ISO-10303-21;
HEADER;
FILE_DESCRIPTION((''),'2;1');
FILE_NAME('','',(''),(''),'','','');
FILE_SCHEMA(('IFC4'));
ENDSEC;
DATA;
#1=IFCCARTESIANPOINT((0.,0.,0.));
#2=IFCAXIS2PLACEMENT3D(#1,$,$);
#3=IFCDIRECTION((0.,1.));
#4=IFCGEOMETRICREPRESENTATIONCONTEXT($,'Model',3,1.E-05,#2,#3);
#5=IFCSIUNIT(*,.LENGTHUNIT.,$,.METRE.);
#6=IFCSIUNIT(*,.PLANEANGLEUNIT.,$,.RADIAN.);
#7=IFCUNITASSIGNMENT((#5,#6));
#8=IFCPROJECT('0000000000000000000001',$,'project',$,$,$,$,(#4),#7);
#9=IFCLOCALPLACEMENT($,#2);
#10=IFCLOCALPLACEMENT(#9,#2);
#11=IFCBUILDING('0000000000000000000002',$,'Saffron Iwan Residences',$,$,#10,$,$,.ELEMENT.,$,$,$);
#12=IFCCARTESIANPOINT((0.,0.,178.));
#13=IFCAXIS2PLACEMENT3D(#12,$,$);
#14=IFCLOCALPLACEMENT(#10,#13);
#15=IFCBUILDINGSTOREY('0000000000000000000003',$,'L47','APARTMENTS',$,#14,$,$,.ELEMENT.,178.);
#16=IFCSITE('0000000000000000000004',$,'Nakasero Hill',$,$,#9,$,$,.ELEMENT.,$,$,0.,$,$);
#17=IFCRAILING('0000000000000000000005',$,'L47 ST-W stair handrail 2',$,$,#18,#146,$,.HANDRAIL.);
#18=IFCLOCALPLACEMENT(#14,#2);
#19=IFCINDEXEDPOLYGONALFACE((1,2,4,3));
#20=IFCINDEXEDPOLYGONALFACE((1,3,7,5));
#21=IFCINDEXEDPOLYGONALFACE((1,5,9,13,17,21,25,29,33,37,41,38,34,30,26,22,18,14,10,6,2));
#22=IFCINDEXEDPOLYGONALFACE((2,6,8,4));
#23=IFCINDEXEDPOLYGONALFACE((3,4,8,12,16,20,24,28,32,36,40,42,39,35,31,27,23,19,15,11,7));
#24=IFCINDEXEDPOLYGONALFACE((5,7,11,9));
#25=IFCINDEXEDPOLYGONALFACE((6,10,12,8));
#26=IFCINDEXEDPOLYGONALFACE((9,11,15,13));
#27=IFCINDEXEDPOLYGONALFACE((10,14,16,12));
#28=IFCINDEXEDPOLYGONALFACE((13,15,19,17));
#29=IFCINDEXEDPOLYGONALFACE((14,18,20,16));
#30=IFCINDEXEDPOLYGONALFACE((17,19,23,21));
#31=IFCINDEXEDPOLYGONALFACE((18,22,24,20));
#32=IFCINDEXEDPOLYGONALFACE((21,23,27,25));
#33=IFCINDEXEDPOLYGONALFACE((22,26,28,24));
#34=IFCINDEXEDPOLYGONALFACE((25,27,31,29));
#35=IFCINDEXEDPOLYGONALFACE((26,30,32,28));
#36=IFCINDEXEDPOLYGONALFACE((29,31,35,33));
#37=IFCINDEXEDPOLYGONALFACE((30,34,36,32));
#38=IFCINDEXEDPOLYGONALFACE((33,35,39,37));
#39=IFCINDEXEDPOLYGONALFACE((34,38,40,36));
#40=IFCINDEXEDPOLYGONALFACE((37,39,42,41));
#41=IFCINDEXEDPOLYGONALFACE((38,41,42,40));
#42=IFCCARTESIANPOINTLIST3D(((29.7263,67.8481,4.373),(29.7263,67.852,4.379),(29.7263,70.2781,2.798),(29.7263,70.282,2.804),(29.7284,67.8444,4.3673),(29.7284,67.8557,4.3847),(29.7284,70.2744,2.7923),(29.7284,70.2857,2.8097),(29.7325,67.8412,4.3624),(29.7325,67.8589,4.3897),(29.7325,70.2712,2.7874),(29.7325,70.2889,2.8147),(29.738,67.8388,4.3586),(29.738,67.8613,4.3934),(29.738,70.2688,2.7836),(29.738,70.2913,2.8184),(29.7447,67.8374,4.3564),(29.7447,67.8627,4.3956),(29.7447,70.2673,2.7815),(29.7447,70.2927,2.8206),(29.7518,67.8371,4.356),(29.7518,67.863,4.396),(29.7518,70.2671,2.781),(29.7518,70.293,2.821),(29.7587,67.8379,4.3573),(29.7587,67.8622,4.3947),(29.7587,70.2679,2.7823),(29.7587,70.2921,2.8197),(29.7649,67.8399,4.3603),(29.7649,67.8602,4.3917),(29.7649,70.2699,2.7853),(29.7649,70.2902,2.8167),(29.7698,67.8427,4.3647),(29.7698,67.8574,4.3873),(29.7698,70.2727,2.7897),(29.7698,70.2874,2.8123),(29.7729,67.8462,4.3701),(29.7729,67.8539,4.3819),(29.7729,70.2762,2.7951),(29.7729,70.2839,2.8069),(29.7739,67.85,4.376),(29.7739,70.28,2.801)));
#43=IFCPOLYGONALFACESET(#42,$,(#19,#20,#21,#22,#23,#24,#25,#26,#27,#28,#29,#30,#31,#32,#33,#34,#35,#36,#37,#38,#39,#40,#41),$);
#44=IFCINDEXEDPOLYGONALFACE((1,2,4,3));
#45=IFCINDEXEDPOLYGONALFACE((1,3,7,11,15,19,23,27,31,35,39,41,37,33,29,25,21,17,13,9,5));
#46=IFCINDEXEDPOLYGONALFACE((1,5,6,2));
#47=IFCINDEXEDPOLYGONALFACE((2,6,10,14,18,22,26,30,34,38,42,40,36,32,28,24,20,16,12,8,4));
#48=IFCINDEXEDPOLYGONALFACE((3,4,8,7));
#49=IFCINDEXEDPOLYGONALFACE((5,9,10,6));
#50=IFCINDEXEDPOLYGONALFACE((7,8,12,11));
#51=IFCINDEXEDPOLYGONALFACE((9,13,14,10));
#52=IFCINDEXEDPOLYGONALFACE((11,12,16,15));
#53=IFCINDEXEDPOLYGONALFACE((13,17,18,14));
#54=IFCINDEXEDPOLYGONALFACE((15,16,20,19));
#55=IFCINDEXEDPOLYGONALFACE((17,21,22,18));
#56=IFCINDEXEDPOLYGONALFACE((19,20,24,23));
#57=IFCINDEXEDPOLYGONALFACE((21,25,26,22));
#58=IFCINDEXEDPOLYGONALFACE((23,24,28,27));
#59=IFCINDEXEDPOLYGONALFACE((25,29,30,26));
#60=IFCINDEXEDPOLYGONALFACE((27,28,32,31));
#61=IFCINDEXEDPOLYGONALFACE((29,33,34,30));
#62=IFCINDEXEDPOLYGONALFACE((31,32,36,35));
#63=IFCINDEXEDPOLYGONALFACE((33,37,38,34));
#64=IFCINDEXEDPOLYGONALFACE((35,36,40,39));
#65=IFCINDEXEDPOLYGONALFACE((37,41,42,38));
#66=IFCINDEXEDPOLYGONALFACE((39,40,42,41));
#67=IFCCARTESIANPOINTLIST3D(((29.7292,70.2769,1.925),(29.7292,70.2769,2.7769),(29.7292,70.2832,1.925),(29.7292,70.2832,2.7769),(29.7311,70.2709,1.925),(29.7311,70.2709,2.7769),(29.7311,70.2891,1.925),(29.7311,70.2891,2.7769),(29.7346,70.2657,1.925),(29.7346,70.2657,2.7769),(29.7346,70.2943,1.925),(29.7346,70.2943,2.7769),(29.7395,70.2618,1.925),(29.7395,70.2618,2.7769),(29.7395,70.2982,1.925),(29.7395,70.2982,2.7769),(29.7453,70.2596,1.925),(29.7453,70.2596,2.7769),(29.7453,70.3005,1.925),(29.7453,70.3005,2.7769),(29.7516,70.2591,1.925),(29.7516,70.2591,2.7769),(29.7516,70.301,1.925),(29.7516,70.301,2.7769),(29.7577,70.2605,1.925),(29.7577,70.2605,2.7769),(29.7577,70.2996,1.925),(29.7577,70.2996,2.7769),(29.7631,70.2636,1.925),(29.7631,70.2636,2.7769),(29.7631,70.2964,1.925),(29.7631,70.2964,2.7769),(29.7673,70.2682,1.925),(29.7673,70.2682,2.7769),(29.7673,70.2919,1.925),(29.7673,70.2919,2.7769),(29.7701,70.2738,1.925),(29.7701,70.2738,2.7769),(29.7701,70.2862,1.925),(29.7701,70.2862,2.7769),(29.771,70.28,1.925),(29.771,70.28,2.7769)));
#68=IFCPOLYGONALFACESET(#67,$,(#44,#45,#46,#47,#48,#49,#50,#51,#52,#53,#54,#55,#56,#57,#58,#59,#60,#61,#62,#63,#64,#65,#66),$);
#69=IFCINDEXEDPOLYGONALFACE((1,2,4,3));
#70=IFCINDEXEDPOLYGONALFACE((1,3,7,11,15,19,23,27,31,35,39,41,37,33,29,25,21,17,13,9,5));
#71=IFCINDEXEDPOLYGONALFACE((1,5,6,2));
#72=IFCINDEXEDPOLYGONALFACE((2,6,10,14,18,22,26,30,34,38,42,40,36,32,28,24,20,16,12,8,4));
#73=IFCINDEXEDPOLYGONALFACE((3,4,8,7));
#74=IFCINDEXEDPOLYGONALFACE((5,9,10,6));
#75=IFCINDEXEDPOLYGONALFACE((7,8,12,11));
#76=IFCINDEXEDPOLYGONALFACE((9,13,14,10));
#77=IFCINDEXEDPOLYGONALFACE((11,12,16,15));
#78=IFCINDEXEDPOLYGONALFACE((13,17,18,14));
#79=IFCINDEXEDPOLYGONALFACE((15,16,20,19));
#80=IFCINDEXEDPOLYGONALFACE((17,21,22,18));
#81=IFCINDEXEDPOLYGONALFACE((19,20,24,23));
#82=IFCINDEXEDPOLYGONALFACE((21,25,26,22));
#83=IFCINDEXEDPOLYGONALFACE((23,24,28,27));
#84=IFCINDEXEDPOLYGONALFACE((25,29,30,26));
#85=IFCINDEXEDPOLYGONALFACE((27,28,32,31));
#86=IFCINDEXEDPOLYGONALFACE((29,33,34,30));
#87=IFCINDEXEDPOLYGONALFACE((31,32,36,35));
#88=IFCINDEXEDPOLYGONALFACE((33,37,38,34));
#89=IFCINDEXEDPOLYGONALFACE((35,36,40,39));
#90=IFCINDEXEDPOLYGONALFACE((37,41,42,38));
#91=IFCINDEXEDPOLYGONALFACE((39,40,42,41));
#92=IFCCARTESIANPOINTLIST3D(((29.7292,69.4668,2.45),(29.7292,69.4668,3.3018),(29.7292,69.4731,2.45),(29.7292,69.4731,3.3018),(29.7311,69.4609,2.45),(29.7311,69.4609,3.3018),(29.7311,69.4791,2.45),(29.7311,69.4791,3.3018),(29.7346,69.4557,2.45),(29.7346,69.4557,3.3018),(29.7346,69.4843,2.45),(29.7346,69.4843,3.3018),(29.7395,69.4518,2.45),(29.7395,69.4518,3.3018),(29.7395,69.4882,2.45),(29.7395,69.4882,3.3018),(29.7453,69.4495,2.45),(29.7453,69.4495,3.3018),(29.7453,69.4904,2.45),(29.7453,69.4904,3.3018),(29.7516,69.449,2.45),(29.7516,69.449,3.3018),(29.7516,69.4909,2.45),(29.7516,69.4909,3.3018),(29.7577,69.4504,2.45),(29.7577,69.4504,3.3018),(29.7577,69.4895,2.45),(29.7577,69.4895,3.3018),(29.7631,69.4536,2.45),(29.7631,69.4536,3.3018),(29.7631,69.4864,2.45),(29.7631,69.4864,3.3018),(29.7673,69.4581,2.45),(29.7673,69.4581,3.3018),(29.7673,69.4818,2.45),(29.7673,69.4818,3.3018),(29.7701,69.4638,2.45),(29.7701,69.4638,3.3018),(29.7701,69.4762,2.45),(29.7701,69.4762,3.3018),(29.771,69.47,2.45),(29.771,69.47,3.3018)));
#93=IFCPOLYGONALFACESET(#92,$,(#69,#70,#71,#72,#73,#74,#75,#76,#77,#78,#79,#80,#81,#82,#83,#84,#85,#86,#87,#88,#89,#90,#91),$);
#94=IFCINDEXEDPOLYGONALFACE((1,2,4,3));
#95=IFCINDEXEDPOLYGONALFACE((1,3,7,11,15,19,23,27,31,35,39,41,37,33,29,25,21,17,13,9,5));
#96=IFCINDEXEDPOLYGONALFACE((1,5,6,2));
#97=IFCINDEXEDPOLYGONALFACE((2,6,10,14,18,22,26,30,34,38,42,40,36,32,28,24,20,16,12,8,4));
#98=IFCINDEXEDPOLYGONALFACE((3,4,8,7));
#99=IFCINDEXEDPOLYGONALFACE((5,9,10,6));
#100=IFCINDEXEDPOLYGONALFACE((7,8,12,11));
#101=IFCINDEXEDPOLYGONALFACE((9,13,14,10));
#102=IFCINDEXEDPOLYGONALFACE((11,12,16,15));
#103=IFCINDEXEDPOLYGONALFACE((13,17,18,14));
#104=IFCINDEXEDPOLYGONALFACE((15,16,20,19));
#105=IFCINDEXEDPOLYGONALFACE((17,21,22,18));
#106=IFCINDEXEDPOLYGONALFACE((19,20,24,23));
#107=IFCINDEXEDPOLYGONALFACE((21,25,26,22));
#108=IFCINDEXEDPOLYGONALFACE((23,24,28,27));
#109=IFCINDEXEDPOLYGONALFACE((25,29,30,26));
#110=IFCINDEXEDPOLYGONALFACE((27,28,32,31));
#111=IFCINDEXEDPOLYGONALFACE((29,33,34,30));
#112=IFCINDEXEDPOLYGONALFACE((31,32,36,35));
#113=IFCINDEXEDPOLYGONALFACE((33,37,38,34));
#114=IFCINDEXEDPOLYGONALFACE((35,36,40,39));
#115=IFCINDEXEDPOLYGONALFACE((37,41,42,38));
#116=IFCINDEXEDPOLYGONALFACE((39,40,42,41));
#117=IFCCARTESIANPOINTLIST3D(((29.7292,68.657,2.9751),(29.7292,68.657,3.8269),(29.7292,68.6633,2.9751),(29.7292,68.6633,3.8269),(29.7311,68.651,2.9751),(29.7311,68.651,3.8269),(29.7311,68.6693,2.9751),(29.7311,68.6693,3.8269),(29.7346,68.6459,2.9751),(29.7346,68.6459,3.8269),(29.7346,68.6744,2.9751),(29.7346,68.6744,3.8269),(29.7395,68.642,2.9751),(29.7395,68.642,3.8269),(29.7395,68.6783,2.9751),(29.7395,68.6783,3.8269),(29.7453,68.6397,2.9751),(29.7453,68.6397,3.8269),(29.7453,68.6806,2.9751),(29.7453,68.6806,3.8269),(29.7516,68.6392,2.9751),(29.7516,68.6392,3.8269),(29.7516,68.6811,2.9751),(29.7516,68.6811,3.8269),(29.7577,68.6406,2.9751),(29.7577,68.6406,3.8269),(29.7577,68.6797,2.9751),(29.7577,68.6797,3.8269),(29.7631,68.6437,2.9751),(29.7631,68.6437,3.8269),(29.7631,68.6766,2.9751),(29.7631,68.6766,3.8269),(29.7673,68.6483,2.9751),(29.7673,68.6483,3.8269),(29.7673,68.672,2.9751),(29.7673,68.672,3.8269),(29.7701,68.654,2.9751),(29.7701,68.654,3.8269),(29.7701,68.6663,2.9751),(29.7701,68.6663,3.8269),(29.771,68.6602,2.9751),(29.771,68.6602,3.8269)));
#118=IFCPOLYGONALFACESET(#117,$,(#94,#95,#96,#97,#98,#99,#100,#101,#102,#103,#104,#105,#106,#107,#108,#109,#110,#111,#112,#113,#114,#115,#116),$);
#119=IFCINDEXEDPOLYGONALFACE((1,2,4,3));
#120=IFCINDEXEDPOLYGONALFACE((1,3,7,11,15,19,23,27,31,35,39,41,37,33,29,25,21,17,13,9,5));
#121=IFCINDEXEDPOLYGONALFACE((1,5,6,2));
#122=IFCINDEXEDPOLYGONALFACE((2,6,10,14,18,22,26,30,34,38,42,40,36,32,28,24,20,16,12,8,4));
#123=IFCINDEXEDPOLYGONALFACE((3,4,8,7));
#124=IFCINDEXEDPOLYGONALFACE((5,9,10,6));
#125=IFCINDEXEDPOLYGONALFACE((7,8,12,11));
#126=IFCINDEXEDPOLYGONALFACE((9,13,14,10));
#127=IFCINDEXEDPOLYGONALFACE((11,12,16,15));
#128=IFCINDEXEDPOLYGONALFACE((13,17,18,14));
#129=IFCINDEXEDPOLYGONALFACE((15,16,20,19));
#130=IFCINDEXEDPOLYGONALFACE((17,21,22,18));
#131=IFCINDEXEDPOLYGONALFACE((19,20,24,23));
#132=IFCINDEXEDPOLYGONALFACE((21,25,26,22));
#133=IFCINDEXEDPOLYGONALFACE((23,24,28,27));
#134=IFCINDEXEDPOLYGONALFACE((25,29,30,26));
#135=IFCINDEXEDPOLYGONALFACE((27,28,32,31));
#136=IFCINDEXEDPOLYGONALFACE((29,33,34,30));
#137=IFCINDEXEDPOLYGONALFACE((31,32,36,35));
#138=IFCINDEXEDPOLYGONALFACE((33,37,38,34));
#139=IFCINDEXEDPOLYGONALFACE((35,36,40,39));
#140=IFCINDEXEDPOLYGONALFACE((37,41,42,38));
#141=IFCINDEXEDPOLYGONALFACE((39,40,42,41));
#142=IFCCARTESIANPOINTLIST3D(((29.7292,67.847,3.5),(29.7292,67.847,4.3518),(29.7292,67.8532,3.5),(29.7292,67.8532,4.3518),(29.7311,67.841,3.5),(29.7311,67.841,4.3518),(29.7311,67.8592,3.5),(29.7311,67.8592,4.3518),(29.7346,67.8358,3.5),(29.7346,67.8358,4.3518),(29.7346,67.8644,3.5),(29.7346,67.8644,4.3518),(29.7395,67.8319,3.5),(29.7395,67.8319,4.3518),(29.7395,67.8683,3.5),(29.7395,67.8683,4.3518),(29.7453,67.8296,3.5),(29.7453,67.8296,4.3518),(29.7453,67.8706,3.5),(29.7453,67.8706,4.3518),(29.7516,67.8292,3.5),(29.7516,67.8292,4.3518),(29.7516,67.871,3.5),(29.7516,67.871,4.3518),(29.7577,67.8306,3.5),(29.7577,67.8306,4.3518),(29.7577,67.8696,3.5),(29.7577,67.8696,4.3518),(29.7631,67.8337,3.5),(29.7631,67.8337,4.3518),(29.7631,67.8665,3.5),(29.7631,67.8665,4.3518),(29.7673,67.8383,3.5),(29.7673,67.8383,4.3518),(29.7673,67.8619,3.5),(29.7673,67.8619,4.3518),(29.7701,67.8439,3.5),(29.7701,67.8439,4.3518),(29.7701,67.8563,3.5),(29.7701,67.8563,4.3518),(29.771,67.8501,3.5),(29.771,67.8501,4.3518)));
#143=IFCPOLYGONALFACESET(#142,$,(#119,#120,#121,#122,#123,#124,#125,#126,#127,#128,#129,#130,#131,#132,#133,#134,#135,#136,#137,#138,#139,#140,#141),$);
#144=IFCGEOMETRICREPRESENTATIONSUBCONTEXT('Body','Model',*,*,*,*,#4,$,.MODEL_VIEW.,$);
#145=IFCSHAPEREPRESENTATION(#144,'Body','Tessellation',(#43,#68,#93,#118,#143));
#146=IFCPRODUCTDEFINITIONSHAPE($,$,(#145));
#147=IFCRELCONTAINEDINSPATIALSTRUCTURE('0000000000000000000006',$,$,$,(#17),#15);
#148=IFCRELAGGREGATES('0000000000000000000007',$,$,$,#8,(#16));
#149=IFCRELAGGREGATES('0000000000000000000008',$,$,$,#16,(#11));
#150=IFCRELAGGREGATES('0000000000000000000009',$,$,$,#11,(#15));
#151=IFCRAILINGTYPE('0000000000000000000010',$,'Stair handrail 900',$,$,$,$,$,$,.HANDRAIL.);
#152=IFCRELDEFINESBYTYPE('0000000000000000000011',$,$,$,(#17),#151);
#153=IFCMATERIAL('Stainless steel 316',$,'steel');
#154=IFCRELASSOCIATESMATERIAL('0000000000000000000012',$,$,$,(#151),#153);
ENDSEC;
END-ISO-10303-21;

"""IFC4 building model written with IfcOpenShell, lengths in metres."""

from ifc_helpers import new_model, si_unit, direction, frame, origin, origin_2d, place, context, subcontext, project, spatial, circle, extrude, material, type_object, element, save


model = new_model("IFC4")

# Units and contexts
model_context = context("Model", 3, precision=1e-05, world=origin(), true_north=direction((0.0, 1.0)))
body_context = subcontext(model_context, "Body", "Model", "MODEL_VIEW")
ifc_project = project(units=[si_unit("LENGTHUNIT", "METRE"), si_unit("PLANEANGLEUNIT", "RADIAN")], contexts=[model_context])

# Site, building, storey
site_placement = place(None, origin())
site = spatial("IfcSite", under=ifc_project, at=site_placement, Name="Nakasero Hill", CompositionType="ELEMENT", RefElevation=0.0)
building_placement = place(site_placement, origin())
building = spatial("IfcBuilding", under=site, at=building_placement, Name="Saffron Iwan Residences", CompositionType="ELEMENT")
storey_placement = place(building_placement, frame((0.0, 0.0, 178.0)))
storey = spatial("IfcBuildingStorey", under=building, at=storey_placement, Name="L47", Description="APARTMENTS", CompositionType="ELEMENT", Elevation=178.0)

# Railing
ifc_material_1 = material(Name="Stainless steel 316", Category="steel")
railing_type_1 = type_object("IfcRailingType", Name="Stair handrail 900", PredefinedType="HANDRAIL", material=ifc_material_1)
railing_1_placement = place(storey_placement, frame((29.75, 70.28, 1.925)))
element("IfcRailing", 1, at=railing_1_placement, inside=storey, type_object=railing_type_1, Name="L47 ST-W stair handrail 2", PredefinedType="HANDRAIL", context=body_context, shape_type="SweptSolid", body=[
    extrude(circle(Radius=0.0239, at=origin_2d()), frame((0.0, 0.0, 0.876), z_axis=(0.0, -0.839154, 0.543894), x_axis=(1.0, 0.0, 0.0)), (0.0, 0.0, 1.0), 2.8958),
    extrude(circle(Radius=0.021, at=origin_2d()), origin(), (0.0, 0.0, 1.0), 0.8518),
    extrude(circle(Radius=0.021, at=origin_2d()), frame((0.0, -0.8101, 0.5249)), (0.0, 0.0, 1.0), 0.8518),
    extrude(circle(Radius=0.021, at=origin_2d()), frame((0.0, -1.6199, 1.05)), (0.0, 0.0, 1.0), 0.8518),
    extrude(circle(Radius=0.021, at=origin_2d()), frame((0.0, -2.4299, 1.575)), (0.0, 0.0, 1.0), 0.8518),
])

save(model, "model.ifc")
